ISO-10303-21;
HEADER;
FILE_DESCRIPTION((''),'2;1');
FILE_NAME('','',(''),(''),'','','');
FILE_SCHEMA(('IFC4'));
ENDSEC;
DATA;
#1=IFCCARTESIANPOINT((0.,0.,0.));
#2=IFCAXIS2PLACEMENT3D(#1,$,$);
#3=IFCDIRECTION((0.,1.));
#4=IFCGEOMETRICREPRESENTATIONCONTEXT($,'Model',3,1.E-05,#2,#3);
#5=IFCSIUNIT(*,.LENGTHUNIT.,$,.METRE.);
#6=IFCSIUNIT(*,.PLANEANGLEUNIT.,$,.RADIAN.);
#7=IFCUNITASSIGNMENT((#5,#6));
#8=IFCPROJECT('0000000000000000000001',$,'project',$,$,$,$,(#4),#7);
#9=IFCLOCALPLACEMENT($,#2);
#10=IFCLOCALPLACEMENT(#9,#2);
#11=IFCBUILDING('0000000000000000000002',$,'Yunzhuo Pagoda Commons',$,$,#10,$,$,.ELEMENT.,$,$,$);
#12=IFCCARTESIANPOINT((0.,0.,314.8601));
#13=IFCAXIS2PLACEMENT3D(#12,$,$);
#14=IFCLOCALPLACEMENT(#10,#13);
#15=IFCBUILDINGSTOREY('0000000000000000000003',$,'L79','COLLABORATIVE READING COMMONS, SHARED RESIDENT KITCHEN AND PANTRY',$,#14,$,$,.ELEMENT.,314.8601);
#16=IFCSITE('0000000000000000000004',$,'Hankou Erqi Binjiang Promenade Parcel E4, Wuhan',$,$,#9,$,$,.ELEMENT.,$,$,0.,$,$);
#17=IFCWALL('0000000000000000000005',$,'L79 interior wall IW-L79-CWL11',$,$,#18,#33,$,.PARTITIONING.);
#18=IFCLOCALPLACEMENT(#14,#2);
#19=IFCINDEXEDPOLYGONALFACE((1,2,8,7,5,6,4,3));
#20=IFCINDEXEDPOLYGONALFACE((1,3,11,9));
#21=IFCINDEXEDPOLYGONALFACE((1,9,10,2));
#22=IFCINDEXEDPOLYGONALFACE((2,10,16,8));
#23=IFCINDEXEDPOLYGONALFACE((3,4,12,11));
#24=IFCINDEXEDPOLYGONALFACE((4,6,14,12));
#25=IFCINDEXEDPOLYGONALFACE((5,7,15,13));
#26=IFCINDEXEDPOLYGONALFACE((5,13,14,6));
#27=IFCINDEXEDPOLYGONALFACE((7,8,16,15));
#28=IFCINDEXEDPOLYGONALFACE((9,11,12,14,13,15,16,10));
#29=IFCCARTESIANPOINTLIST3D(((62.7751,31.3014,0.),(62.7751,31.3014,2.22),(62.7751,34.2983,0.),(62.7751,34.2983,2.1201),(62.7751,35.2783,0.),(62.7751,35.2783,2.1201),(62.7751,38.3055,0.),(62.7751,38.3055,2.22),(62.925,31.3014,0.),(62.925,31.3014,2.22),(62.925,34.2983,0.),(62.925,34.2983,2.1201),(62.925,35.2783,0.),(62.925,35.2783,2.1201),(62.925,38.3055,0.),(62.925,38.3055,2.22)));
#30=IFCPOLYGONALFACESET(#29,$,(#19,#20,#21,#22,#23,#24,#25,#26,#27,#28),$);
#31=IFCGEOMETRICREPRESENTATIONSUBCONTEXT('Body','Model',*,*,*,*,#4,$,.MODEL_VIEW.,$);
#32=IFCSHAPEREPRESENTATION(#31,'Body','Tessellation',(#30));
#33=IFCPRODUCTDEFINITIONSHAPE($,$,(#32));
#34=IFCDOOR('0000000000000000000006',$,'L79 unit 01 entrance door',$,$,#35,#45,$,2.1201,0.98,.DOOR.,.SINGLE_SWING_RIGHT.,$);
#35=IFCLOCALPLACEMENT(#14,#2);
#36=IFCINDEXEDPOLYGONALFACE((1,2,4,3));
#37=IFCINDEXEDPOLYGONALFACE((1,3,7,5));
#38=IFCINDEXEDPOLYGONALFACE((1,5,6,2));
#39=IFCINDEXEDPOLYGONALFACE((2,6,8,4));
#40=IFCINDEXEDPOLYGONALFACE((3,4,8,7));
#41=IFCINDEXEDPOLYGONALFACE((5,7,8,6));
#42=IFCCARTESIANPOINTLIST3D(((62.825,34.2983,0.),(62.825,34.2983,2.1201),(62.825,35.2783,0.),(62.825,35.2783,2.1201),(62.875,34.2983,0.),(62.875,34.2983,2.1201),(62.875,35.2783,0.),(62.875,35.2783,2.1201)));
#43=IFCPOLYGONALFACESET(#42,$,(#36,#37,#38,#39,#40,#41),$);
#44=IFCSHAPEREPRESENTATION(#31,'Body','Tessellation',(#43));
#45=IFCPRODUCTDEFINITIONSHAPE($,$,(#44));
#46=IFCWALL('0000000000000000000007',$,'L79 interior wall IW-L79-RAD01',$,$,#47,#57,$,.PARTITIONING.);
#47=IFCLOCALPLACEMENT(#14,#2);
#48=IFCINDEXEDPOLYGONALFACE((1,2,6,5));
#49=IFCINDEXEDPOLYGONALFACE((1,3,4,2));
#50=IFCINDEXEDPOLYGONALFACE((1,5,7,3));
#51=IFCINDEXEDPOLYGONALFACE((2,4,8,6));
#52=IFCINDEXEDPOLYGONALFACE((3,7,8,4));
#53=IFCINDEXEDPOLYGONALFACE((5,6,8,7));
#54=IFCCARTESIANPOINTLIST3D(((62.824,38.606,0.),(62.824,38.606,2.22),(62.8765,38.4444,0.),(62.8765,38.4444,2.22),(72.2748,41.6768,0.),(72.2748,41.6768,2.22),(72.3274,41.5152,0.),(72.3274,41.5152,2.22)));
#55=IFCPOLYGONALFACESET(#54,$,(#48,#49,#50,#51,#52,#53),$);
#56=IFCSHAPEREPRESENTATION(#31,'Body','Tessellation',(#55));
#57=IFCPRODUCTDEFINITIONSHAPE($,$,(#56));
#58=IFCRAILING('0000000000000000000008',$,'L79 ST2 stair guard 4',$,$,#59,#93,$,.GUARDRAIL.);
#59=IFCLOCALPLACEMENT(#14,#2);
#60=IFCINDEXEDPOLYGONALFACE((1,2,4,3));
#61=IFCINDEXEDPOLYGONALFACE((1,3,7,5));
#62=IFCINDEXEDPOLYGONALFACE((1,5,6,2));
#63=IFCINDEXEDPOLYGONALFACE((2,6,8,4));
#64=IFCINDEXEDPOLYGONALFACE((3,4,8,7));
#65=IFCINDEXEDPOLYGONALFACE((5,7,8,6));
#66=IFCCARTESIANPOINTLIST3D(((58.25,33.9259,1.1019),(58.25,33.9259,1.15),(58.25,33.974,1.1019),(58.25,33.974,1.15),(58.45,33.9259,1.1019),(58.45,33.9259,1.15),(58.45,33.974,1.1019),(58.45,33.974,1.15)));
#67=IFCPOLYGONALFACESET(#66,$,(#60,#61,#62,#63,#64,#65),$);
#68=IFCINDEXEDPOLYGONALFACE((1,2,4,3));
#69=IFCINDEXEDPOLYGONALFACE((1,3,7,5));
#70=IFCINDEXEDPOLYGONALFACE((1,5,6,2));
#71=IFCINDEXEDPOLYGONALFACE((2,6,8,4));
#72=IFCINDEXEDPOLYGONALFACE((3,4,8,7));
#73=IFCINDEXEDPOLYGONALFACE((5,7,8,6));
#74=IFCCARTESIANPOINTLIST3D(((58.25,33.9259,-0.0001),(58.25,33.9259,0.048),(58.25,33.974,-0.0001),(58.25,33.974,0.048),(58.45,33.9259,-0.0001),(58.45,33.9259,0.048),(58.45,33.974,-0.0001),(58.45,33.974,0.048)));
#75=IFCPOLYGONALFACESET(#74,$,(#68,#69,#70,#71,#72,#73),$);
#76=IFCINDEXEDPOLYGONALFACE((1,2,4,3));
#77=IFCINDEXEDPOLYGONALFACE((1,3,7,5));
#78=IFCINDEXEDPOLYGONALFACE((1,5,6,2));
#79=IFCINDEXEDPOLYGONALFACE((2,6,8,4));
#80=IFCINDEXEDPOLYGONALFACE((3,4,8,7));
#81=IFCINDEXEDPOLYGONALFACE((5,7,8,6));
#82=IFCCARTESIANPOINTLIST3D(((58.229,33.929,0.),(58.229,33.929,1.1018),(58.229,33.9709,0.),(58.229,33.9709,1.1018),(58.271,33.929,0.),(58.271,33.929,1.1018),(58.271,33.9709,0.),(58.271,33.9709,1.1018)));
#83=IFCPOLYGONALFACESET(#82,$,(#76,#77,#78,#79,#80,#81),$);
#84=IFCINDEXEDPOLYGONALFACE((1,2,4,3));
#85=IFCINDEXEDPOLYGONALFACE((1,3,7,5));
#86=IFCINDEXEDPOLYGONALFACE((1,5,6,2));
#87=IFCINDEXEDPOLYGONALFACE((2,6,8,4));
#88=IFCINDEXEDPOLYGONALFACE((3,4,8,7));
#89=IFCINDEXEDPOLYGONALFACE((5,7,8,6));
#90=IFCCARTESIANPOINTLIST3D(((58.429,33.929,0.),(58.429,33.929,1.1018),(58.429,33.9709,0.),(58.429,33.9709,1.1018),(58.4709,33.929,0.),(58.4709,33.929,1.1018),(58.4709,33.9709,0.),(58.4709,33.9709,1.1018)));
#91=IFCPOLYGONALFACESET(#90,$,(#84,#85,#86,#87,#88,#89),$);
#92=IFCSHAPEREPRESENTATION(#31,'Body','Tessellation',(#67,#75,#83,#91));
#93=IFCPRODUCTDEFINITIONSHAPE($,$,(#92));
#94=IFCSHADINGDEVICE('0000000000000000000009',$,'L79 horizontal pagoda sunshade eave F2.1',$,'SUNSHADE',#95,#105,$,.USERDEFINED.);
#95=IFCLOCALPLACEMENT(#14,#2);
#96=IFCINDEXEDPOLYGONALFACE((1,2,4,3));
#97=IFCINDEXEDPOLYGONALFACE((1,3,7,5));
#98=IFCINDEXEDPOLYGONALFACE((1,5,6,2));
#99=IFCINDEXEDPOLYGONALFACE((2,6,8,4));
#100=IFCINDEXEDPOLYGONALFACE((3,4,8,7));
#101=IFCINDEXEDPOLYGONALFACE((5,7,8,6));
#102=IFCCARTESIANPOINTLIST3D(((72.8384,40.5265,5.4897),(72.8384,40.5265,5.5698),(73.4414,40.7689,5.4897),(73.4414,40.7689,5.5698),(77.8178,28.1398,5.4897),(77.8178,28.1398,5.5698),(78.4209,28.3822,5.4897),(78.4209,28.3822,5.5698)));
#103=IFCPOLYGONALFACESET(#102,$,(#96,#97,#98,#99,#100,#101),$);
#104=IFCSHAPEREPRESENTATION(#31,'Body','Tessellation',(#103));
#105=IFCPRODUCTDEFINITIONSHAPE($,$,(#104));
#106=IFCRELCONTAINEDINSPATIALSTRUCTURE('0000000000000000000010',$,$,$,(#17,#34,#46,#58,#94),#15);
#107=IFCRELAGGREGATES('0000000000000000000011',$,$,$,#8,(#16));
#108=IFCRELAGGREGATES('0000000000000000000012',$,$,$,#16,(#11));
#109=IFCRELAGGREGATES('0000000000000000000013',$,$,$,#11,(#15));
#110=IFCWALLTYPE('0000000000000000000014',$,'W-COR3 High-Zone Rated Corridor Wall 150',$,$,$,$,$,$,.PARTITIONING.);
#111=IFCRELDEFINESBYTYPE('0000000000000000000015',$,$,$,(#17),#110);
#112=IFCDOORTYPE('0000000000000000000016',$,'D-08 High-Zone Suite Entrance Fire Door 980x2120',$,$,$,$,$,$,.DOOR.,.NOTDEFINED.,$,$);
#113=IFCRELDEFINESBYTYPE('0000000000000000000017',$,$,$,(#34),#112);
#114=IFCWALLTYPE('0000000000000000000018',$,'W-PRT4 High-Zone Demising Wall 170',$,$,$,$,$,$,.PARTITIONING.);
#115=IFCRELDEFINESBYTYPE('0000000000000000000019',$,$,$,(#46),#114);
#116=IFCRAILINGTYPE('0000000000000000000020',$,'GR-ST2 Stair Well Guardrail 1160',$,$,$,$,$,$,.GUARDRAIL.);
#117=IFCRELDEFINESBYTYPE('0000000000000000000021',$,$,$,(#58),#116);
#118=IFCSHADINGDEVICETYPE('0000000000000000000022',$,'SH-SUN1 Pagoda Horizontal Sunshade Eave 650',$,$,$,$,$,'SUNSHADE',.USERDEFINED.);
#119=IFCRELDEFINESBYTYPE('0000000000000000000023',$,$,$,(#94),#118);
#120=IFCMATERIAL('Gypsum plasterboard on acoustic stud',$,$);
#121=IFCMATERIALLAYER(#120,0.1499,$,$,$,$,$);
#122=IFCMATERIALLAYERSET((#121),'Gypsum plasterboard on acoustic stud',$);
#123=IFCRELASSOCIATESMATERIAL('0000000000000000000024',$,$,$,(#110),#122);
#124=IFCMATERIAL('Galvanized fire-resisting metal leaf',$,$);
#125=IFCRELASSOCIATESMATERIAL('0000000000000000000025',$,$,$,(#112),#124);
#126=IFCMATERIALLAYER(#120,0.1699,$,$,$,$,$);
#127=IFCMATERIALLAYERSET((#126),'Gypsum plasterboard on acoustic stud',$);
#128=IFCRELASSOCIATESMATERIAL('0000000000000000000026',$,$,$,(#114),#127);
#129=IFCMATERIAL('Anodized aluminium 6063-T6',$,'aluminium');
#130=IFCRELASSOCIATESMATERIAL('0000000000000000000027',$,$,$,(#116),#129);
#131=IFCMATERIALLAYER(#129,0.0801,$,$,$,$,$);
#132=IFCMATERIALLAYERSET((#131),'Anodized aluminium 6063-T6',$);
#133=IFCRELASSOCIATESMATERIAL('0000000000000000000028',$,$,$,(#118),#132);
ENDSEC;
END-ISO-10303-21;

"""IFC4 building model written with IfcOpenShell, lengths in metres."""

from ifc_helpers import new_model, si_unit, direction, frame, frame_2d, origin, origin_with_axes, origin_2d, place, context, subcontext, project, spatial, rectangle, extrude, source, transform, mapped, material, layer, layer_set, type_object, element, fill, save


model = new_model("IFC4")

# Units and contexts
model_context = context("Model", 3, precision=1e-05, world=origin(), true_north=direction((0.0, 1.0)))
body_context = subcontext(model_context, "Body", "Model", "MODEL_VIEW")
ifc_project = project(units=[si_unit("LENGTHUNIT", "METRE"), si_unit("PLANEANGLEUNIT", "RADIAN")], contexts=[model_context])

# Site, building, storey
site_placement = place(None, origin())
site = spatial("IfcSite", under=ifc_project, at=site_placement, Name="Hankou Erqi Binjiang Promenade Parcel E4, Wuhan", CompositionType="ELEMENT", RefElevation=0.0)
building_placement = place(site_placement, origin())
building = spatial("IfcBuilding", under=site, at=building_placement, Name="Yunzhuo Pagoda Commons", CompositionType="ELEMENT")
storey_placement = place(building_placement, frame((0.0, 0.0, 314.8601)))
storey = spatial("IfcBuildingStorey", under=building, at=storey_placement, Name="L79", Description="COLLABORATIVE READING COMMONS, SHARED RESIDENT KITCHEN AND PANTRY", CompositionType="ELEMENT", Elevation=314.8601)

# Shared definitions
ifc_material_1 = material(Name="Anodized aluminium 6063-T6", Category="aluminium")

# Shared definitions
ifc_material_2 = material(Name="Gypsum plasterboard on acoustic stud")
ifc_layer_1 = layer(ifc_material_2, 0.1499)
ifc_layer_set_1 = layer_set([ifc_layer_1], Name="Gypsum plasterboard on acoustic stud")
wall_type_1 = type_object("IfcWallType", Name="W-COR3 High-Zone Rated Corridor Wall 150", PredefinedType="PARTITIONING", material=ifc_layer_set_1)

# Wall, opening, door
wall_1_placement = place(storey_placement, frame((62.8501, 38.3054, 0.0), z_axis=(0.0, 0.0, 1.0), x_axis=(0.0, -1.0, 0.0)))
wall_1 = element("IfcWall", 1, at=wall_1_placement, inside=storey, type_object=wall_type_1, Name="L79 interior wall IW-L79-CWL11", PredefinedType="PARTITIONING", context=body_context, shape_type="SweptSolid", body=[
    extrude(rectangle(XDim=7.0042, YDim=0.1499, at=frame_2d((3.502, 0.0))), origin(), (0.0, 0.0, 1.0), 2.22),
])
opening_placement = place(wall_1_placement, frame((3.0271, 0.0, 0.0)))
opening = element("IfcOpeningElement", 2, at=opening_placement, cuts=wall_1, PredefinedType="OPENING", context=body_context, shape_type="SweptSolid", body=[
    extrude(rectangle(XDim=0.98, YDim=2.1201, at=frame_2d((0.49, 1.0601))), frame((0.0, 0.085, 0.0), z_axis=(0.0, -1.0, 0.0), x_axis=(1.0, 0.0, 0.0)), (0.0, 0.0, 1.0), 0.1699),
])
ifc_material_3 = material(Name="Galvanized fire-resisting metal leaf")
door_type = type_object("IfcDoorType", Name="D-08 High-Zone Suite Entrance Fire Door 980x2120", OperationType="NOTDEFINED", PredefinedType="DOOR", material=ifc_material_3)
shared_shape_1 = source(origin(), body_context, "Body", "SweptSolid", [
    extrude(rectangle(XDim=0.98, YDim=2.1201, at=frame_2d((0.49, 1.0601))), frame((0.0, 0.0249, 0.0), z_axis=(0.0, -1.0, 0.0), x_axis=(1.0, 0.0, 0.0)), (0.0, 0.0, 1.0), 0.05),
])
door_placement = place(opening_placement, origin_with_axes())
door = element("IfcDoor", 3, at=door_placement, inside=storey, type_object=door_type, Name="L79 unit 01 entrance door", OperationType="SINGLE_SWING_RIGHT", OverallHeight=2.1201, OverallWidth=0.98, PredefinedType="DOOR", context=body_context, shape_type="MappedRepresentation", body=[
    mapped(shared_shape_1, transform((0.0, 0.0, 0.0), scale=1.0)),
])
fill(opening, door)

# Wall
ifc_layer_2 = layer(ifc_material_2, 0.1699)
ifc_layer_set_2 = layer_set([ifc_layer_2], Name="Gypsum plasterboard on acoustic stud")
wall_type_2 = type_object("IfcWallType", Name="W-PRT4 High-Zone Demising Wall 170", PredefinedType="PARTITIONING", material=ifc_layer_set_2)
wall_2_placement = place(storey_placement, frame((62.8501, 38.5251, 0.0), z_axis=(0.0, 0.0, 1.0), x_axis=(0.951056, 0.309018, 0.0)))
element("IfcWall", 4, at=wall_2_placement, inside=storey, type_object=wall_type_2, Name="L79 interior wall IW-L79-RAD01", PredefinedType="PARTITIONING", context=body_context, shape_type="SweptSolid", body=[
    extrude(rectangle(XDim=9.9373, YDim=0.1699, at=frame_2d((4.9688, 0.0))), origin(), (0.0, 0.0, 1.0), 2.22),
])

# Railing
railing_type = type_object("IfcRailingType", Name="GR-ST2 Stair Well Guardrail 1160", PredefinedType="GUARDRAIL", material=ifc_material_1)
railing_placement = place(storey_placement, frame((58.25, 33.95, 0.0)))
element("IfcRailing", 5, at=railing_placement, inside=storey, type_object=railing_type, Name="L79 ST2 stair guard 4", PredefinedType="GUARDRAIL", context=body_context, shape_type="SweptSolid", body=[
    extrude(rectangle(XDim=0.0481, YDim=0.0481, at=origin_2d()), frame((0.0, 0.0, 1.126), z_axis=(1.0, 0.0, 0.0), x_axis=(0.0, 1.0, 0.0)), (0.0, 0.0, 1.0), 0.2),
    extrude(rectangle(XDim=0.0481, YDim=0.0481, at=origin_2d()), frame((0.0, 0.0, 0.0239), z_axis=(1.0, 0.0, 0.0), x_axis=(0.0, 1.0, 0.0)), (0.0, 0.0, 1.0), 0.2),
    extrude(rectangle(XDim=0.042, YDim=0.042, at=origin_2d()), origin(), (0.0, 0.0, 1.0), 1.1018),
    extrude(rectangle(XDim=0.042, YDim=0.042, at=origin_2d()), frame((0.2, 0.0, 0.0)), (0.0, 0.0, 1.0), 1.1018),
])

# Shading device
ifc_layer_3 = layer(ifc_material_1, 0.0801)
ifc_layer_set_3 = layer_set([ifc_layer_3], Name="Anodized aluminium 6063-T6")
shading_device_type = type_object("IfcShadingDeviceType", Name="SH-SUN1 Pagoda Horizontal Sunshade Eave 650", ElementType="SUNSHADE", PredefinedType="USERDEFINED", material=ifc_layer_set_3)
shared_shape_2 = source(origin(), body_context, "Body", "SweptSolid", [
    extrude(rectangle(XDim=13.3501, YDim=0.6499, at=origin_2d()), origin(), (0.0, 0.0, 1.0), 0.0801),
])
shading_device_placement = place(storey_placement, frame((75.6296, 34.4543, 5.4897), z_axis=(0.0, 0.0, 1.0), x_axis=(-0.372988, 0.927836, 0.0)))
element("IfcShadingDevice", 6, at=shading_device_placement, inside=storey, type_object=shading_device_type, Name="L79 horizontal pagoda sunshade eave F2.1", ObjectType="SUNSHADE", PredefinedType="USERDEFINED", context=body_context, shape_type="MappedRepresentation", body=[
    mapped(shared_shape_2, transform((0.0, 0.0, 0.0), scale=1.0)),
])

save(model, "model.ifc")
